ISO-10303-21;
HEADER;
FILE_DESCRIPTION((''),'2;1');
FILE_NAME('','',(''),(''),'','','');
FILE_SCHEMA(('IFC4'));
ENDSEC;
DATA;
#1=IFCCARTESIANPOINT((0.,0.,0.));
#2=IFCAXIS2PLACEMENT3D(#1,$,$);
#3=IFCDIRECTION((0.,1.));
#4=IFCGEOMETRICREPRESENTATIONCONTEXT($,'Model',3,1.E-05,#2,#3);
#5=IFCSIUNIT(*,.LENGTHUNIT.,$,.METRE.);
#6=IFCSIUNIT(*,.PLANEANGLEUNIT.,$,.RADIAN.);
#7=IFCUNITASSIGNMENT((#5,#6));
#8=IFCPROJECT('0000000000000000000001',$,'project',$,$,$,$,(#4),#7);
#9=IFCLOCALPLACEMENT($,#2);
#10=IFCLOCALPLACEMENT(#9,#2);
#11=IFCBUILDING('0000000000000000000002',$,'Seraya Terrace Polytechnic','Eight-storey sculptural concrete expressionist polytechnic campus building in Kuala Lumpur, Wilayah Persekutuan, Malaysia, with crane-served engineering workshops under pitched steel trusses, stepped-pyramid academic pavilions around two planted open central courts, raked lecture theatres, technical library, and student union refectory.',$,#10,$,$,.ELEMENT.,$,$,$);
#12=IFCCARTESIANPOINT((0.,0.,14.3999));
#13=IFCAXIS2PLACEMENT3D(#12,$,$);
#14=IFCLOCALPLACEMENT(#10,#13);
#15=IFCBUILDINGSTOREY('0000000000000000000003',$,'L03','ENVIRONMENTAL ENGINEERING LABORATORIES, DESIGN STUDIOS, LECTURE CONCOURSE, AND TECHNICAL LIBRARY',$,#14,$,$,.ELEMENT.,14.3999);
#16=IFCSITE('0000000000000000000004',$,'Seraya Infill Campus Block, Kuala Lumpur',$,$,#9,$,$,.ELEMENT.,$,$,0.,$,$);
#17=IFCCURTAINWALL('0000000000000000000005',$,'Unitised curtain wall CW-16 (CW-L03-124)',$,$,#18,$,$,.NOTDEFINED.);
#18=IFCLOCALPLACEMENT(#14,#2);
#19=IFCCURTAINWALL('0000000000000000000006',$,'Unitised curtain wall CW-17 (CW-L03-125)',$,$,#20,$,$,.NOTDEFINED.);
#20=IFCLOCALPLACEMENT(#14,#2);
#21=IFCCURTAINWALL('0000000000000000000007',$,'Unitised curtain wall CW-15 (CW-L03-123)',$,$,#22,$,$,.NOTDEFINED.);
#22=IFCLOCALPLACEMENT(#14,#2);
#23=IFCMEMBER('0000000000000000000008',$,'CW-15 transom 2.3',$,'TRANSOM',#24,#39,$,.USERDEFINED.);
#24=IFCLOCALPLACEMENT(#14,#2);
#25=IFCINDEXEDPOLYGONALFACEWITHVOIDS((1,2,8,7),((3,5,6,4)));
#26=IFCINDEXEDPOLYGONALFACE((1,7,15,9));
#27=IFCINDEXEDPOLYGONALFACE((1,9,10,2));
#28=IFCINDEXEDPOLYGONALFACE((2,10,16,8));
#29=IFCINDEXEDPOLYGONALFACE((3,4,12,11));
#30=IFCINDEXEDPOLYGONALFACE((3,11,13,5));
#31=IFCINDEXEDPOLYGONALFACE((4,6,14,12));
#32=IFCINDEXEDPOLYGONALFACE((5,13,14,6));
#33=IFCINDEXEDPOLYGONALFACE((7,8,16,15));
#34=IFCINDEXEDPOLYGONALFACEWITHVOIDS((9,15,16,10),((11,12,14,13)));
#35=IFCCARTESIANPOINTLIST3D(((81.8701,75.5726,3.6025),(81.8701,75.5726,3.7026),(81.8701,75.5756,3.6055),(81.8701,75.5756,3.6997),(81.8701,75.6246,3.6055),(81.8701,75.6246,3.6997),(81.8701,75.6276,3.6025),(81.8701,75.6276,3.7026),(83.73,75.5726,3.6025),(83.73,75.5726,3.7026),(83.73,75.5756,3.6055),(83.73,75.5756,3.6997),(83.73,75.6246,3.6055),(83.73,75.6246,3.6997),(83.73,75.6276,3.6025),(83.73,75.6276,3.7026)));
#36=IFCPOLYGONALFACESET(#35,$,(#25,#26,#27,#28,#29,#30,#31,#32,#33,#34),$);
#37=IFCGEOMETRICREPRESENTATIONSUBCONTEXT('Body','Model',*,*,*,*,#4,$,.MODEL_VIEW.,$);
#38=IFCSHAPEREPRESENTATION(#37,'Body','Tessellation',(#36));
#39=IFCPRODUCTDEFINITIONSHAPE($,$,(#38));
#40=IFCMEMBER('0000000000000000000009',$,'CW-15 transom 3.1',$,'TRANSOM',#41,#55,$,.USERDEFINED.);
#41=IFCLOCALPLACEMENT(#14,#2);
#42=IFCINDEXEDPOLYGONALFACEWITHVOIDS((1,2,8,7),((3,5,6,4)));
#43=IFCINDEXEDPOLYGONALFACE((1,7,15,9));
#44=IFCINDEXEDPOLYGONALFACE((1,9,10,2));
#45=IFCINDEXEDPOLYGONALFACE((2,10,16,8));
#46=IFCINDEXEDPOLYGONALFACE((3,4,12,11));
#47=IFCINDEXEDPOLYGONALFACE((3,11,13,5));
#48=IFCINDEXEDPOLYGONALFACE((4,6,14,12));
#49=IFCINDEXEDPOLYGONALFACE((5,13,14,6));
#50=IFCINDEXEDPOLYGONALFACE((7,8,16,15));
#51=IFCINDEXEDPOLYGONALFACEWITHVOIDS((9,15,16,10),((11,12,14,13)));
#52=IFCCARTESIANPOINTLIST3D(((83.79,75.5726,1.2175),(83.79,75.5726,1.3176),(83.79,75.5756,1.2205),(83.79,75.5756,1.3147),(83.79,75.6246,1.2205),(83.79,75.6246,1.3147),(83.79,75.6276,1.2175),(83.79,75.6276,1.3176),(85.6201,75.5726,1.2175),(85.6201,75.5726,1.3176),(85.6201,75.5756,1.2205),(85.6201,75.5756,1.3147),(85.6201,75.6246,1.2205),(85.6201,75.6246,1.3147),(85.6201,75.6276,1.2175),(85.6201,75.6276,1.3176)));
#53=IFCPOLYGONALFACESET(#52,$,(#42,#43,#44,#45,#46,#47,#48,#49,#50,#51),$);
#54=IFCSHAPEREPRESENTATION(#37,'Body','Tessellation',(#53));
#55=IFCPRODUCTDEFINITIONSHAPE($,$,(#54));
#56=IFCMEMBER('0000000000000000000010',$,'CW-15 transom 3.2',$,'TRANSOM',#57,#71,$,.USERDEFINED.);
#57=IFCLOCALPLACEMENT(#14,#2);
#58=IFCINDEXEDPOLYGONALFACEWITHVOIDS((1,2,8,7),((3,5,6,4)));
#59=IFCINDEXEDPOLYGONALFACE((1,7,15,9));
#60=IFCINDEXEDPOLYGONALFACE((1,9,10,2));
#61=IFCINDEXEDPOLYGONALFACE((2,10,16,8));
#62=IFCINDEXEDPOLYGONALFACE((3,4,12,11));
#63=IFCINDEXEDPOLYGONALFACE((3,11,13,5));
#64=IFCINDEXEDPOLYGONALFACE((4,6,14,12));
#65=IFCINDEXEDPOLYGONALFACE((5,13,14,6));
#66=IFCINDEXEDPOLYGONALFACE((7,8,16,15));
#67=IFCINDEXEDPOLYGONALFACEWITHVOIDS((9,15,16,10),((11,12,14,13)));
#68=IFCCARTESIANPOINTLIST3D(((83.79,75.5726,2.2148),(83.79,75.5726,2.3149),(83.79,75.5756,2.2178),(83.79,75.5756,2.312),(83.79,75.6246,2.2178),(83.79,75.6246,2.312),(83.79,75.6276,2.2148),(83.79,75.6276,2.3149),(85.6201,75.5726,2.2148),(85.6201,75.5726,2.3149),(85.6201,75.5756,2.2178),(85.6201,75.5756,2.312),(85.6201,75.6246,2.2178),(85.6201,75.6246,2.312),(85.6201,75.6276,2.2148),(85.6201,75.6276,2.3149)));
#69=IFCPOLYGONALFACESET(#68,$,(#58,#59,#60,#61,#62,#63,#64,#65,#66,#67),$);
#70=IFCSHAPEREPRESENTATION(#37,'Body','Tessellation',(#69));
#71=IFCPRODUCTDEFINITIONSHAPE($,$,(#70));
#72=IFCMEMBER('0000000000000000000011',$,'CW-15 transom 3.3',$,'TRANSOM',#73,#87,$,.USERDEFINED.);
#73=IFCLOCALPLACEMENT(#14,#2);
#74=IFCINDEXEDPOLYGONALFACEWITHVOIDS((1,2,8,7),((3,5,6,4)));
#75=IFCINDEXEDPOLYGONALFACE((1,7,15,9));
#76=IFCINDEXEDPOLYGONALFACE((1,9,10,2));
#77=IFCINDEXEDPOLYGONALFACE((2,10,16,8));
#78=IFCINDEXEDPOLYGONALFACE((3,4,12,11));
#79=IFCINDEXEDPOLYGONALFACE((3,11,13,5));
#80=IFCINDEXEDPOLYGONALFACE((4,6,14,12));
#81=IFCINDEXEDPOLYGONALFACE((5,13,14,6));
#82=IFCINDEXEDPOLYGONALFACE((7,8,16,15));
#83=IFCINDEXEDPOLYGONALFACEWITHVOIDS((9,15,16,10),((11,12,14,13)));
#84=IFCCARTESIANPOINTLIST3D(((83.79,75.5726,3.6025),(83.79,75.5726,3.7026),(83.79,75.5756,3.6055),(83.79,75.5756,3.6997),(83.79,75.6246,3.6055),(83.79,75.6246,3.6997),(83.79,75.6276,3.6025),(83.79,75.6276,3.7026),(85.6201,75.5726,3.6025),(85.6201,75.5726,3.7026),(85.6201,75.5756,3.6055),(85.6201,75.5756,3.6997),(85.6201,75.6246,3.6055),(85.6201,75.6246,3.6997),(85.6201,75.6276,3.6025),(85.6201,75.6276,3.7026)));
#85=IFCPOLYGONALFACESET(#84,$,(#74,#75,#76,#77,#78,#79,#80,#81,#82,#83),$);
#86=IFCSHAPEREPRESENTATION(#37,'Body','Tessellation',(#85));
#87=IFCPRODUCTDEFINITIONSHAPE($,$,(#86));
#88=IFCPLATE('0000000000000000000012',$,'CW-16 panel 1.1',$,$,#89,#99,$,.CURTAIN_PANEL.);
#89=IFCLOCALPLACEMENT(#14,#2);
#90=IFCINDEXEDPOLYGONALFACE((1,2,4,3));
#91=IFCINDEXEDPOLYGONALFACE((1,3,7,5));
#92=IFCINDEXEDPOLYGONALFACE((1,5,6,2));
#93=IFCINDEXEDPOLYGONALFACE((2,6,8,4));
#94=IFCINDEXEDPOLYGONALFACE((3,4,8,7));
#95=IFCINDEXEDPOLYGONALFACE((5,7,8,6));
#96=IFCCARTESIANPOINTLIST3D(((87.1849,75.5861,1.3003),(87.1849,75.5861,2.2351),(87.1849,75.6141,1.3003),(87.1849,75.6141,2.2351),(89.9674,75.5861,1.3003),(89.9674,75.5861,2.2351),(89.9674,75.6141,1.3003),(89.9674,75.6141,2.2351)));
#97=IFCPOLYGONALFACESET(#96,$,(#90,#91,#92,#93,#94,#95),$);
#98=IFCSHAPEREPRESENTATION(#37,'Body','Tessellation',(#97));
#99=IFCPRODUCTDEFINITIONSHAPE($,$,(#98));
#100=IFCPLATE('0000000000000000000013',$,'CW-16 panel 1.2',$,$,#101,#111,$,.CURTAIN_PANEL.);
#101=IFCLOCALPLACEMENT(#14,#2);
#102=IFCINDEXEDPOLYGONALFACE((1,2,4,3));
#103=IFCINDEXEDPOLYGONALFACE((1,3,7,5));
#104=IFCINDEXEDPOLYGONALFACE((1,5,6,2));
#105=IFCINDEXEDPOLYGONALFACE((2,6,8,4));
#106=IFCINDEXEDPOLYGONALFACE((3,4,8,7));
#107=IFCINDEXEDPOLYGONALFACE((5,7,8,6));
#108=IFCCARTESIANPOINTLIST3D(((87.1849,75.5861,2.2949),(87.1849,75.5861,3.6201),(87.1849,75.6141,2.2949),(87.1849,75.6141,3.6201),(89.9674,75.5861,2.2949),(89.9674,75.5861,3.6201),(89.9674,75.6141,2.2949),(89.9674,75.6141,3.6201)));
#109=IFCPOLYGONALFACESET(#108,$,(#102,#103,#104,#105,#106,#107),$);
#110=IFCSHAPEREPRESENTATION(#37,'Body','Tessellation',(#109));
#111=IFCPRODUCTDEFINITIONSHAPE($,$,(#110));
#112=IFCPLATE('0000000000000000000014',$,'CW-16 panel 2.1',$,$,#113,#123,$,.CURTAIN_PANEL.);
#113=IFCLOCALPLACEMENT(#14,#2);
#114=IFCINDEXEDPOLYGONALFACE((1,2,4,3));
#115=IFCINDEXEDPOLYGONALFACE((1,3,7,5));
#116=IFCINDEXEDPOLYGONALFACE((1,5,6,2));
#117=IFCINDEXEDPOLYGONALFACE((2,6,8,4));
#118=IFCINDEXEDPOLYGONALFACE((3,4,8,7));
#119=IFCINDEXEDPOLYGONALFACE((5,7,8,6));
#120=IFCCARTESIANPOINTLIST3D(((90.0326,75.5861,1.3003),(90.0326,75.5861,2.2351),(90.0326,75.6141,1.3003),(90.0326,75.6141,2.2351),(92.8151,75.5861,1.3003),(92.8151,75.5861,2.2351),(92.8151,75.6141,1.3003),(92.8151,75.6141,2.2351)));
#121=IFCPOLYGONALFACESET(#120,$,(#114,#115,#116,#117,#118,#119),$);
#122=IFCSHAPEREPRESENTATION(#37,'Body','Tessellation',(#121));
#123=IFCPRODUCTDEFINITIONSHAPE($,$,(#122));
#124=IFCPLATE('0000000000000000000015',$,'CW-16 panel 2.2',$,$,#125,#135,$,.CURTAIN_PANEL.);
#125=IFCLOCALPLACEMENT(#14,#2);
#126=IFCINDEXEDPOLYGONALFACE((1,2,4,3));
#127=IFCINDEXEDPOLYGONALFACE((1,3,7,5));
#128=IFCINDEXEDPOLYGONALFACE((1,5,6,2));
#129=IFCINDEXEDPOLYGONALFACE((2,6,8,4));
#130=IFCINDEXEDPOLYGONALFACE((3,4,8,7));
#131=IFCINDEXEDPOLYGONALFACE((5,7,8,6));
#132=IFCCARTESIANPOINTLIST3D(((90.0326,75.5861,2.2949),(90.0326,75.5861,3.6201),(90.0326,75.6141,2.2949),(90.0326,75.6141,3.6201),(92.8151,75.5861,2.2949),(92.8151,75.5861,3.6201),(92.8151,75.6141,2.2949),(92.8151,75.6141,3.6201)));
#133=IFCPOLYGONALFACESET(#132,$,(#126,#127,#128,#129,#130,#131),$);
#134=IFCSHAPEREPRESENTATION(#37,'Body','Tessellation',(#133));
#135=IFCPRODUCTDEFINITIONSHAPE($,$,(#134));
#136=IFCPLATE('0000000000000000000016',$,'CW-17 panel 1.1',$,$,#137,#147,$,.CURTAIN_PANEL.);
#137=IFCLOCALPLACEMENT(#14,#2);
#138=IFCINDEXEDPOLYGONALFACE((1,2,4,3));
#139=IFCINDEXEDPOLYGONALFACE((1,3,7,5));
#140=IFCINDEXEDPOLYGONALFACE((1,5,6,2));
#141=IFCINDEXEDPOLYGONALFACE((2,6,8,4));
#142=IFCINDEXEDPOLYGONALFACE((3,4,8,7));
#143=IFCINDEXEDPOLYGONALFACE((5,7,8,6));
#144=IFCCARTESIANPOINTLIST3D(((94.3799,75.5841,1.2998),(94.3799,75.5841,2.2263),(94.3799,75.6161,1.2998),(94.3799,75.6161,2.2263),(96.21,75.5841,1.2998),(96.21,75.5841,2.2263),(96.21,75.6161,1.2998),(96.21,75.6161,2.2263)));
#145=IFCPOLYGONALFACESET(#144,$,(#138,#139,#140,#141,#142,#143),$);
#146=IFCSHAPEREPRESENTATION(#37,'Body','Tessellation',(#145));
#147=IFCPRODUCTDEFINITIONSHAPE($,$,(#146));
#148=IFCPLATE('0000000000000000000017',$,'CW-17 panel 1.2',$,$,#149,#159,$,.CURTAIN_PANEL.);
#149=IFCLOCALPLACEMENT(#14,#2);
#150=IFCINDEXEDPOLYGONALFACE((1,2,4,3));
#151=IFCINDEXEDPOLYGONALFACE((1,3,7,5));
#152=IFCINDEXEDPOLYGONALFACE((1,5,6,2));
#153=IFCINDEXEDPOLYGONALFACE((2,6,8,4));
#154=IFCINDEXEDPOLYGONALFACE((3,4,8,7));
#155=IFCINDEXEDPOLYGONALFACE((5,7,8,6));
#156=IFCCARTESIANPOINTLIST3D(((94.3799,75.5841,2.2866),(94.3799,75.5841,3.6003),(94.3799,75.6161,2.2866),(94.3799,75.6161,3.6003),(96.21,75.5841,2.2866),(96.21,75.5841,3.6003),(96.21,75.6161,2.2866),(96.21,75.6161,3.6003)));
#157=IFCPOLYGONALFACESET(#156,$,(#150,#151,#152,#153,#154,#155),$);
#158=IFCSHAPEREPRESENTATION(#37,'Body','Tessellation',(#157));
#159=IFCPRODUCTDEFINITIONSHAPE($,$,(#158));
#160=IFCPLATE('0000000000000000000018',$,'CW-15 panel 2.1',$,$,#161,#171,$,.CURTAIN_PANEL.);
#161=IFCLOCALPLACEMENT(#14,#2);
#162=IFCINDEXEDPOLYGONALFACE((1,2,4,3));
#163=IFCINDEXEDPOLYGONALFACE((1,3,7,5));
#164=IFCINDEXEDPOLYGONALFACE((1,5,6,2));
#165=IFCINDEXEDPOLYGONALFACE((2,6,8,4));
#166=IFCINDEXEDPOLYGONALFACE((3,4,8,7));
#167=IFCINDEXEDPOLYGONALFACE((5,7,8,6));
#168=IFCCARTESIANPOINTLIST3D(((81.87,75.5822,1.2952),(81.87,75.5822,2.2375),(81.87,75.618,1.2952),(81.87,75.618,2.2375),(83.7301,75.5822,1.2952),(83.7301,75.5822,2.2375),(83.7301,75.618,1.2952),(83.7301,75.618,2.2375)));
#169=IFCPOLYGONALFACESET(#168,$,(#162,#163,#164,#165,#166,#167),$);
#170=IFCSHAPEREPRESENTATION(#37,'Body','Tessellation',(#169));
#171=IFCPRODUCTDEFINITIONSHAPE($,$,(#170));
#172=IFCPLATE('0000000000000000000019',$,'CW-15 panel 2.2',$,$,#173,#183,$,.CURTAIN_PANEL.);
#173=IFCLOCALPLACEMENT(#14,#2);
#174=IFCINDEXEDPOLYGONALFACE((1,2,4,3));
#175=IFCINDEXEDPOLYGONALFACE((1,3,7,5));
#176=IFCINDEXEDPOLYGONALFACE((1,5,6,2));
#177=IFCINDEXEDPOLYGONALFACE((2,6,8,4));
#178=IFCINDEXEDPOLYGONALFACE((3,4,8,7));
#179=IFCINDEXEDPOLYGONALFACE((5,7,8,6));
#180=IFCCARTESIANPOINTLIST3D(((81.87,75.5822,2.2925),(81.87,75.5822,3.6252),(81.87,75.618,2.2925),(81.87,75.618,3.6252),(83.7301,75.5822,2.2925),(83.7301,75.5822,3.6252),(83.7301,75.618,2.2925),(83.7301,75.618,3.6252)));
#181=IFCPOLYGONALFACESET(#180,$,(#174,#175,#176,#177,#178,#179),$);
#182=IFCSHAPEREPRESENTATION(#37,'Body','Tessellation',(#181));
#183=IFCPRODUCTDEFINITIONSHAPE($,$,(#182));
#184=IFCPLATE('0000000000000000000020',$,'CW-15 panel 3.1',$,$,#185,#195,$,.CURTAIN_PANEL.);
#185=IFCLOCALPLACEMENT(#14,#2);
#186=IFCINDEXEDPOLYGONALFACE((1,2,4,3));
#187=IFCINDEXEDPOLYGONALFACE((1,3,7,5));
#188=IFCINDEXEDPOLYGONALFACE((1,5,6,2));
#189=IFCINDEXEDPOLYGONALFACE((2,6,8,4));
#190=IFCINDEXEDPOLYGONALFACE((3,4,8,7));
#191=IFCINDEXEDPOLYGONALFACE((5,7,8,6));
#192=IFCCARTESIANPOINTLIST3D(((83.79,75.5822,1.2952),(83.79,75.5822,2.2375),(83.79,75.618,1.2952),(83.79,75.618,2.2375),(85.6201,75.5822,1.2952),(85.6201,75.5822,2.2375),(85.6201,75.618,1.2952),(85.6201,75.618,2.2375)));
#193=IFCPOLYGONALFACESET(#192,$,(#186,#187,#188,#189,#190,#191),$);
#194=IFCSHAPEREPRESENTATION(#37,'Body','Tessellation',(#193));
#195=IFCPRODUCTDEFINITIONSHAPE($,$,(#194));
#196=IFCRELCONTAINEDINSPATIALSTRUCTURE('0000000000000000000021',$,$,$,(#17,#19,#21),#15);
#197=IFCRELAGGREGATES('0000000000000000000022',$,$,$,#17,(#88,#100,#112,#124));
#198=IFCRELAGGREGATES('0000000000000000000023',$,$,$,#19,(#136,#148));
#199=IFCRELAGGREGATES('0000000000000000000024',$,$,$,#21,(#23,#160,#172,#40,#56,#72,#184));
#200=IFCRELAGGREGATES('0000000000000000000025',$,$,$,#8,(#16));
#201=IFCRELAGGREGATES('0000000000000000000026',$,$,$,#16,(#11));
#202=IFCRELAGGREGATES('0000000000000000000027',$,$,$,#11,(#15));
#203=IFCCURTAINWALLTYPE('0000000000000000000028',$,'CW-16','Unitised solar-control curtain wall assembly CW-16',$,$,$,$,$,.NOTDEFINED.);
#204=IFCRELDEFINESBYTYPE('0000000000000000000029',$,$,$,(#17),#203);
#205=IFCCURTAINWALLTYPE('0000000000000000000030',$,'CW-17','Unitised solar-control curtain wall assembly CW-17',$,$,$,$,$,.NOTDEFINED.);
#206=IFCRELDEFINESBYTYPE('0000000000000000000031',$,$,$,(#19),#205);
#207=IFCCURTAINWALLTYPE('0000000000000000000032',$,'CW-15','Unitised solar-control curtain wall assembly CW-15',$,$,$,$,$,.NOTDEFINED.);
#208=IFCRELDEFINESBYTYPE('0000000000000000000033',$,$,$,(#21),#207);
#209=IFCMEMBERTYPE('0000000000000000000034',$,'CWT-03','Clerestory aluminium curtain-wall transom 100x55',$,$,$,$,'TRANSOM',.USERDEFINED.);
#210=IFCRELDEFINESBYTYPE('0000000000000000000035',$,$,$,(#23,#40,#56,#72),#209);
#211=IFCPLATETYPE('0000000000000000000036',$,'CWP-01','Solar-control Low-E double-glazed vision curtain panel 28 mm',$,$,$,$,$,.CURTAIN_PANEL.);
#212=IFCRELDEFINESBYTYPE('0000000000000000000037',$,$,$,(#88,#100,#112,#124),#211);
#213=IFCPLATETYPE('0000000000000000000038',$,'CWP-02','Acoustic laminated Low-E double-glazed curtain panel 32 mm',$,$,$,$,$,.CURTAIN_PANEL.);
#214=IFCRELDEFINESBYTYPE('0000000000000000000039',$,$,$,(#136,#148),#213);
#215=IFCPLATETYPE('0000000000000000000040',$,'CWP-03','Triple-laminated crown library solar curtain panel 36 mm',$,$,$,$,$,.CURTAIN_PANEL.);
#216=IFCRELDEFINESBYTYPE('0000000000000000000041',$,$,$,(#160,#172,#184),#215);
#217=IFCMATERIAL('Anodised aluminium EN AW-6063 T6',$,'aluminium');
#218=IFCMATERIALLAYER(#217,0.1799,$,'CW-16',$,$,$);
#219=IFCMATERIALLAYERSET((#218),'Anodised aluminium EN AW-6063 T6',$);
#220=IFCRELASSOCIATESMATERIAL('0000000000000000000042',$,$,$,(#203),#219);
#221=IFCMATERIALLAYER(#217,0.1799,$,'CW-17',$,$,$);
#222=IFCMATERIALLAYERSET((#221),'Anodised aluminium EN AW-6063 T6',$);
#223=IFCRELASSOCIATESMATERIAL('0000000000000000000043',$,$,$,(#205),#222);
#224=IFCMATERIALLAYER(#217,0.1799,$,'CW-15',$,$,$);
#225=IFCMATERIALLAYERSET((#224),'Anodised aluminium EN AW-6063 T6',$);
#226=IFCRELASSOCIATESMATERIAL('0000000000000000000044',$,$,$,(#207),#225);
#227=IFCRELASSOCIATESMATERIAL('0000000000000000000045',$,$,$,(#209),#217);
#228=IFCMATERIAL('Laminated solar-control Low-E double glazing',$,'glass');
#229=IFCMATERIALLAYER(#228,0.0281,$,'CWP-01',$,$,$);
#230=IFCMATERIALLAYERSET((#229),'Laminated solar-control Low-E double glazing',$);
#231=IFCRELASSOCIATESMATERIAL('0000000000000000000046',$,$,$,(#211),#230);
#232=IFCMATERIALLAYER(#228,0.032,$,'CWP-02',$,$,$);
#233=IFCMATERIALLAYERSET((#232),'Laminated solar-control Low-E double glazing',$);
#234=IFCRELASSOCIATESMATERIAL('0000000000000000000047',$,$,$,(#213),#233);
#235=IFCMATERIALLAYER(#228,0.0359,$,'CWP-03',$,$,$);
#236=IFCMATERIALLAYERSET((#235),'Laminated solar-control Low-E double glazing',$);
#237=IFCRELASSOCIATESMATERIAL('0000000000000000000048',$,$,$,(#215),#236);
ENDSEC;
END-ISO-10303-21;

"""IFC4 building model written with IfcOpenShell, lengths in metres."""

from ifc_helpers import new_model, si_unit, direction, frame, origin, origin_2d, place, context, subcontext, project, spatial, rectangle, hollow_rectangle, extrude, material, layer, layer_set, material_profile, profile_set, type_object, element, aggregate, save


model = new_model("IFC4")

# Units and contexts
model_context = context("Model", 3, precision=1e-05, world=origin(), true_north=direction((0.0, 1.0)))
body_context = subcontext(model_context, "Body", "Model", "MODEL_VIEW")
ifc_project = project(units=[si_unit("LENGTHUNIT", "METRE"), si_unit("PLANEANGLEUNIT", "RADIAN")], contexts=[model_context])

# Site, building, storey
site_placement = place(None, origin())
site = spatial("IfcSite", under=ifc_project, at=site_placement, Name="Seraya Infill Campus Block, Kuala Lumpur", CompositionType="ELEMENT", RefElevation=0.0)
building_placement = place(site_placement, origin())
building = spatial("IfcBuilding", under=site, at=building_placement, Name="Seraya Terrace Polytechnic", Description="Eight-storey sculptural concrete expressionist polytechnic campus building in Kuala Lumpur, Wilayah Persekutuan, Malaysia, with crane-served engineering workshops under pitched steel trusses, stepped-pyramid academic pavilions around two planted open central courts, raked lecture theatres, technical library, and student union refectory.", CompositionType="ELEMENT")
storey_placement = place(building_placement, frame((0.0, 0.0, 14.3999)))
storey = spatial("IfcBuildingStorey", under=building, at=storey_placement, Name="L03", Description="ENVIRONMENTAL ENGINEERING LABORATORIES, DESIGN STUDIOS, LECTURE CONCOURSE, AND TECHNICAL LIBRARY", CompositionType="ELEMENT", Elevation=14.3999)

# Curtain walls
ifc_material_1 = material(Name="Anodised aluminium EN AW-6063 T6", Category="aluminium")
ifc_layer_1 = layer(ifc_material_1, 0.1799, Name="CW-16")
ifc_layer_set_1 = layer_set([ifc_layer_1], Name="Anodised aluminium EN AW-6063 T6")
curtain_wall_type_1 = type_object("IfcCurtainWallType", Name="CW-16", Description="Unitised solar-control curtain wall assembly CW-16", PredefinedType="NOTDEFINED", material=ifc_layer_set_1)
curtain_wall_1_placement = place(storey_placement, origin())
curtain_wall_1 = element("IfcCurtainWall", 1, at=curtain_wall_1_placement, inside=storey, type_object=curtain_wall_type_1, Name="Unitised curtain wall CW-16 (CW-L03-124)", PredefinedType="NOTDEFINED")
ifc_layer_2 = layer(ifc_material_1, 0.1799, Name="CW-17")
ifc_layer_set_2 = layer_set([ifc_layer_2], Name="Anodised aluminium EN AW-6063 T6")
curtain_wall_type_2 = type_object("IfcCurtainWallType", Name="CW-17", Description="Unitised solar-control curtain wall assembly CW-17", PredefinedType="NOTDEFINED", material=ifc_layer_set_2)
curtain_wall_2_placement = place(storey_placement, origin())
curtain_wall_2 = element("IfcCurtainWall", 2, at=curtain_wall_2_placement, inside=storey, type_object=curtain_wall_type_2, Name="Unitised curtain wall CW-17 (CW-L03-125)", PredefinedType="NOTDEFINED")
ifc_layer_3 = layer(ifc_material_1, 0.1799, Name="CW-15")
ifc_layer_set_3 = layer_set([ifc_layer_3], Name="Anodised aluminium EN AW-6063 T6")
curtain_wall_type_3 = type_object("IfcCurtainWallType", Name="CW-15", Description="Unitised solar-control curtain wall assembly CW-15", PredefinedType="NOTDEFINED", material=ifc_layer_set_3)
curtain_wall_3_placement = place(storey_placement, origin())
curtain_wall_3 = element("IfcCurtainWall", 3, at=curtain_wall_3_placement, inside=storey, type_object=curtain_wall_type_3, Name="Unitised curtain wall CW-15 (CW-L03-123)", PredefinedType="NOTDEFINED")

# Members
ifc_material_profile_1 = material_profile(ifc_material_1, hollow_rectangle(XDim=0.0549, YDim=0.1001, WallThickness=0.0029, at=origin_2d()), Name="RHS 100x55x3.0")
ifc_profile_set_1 = profile_set([ifc_material_profile_1], Name="Anodised aluminium EN AW-6063 T6")
member_type_1 = type_object("IfcMemberType", Name="CWT-03", Description="Clerestory aluminium curtain-wall transom 100x55", ElementType="TRANSOM", PredefinedType="USERDEFINED", material=ifc_profile_set_1)
member_1_placement = place(storey_placement, frame((81.8701, 75.6001, 3.6526), z_axis=(1.0, 0.0, 0.0), x_axis=(0.0, 1.0, 0.0)))
member_1 = element("IfcMember", 4, at=member_1_placement, type_object=member_type_1, Name="CW-15 transom 2.3", ObjectType="TRANSOM", PredefinedType="USERDEFINED", context=body_context, shape_type="SweptSolid", body=[
    extrude(hollow_rectangle(XDim=0.0549, YDim=0.1001, WallThickness=0.0029, at=origin_2d()), origin(), (0.0, 0.0, 1.0), 1.8599),
])
member_2_placement = place(storey_placement, frame((83.79, 75.6001, 1.2676), z_axis=(1.0, 0.0, 0.0), x_axis=(0.0, 1.0, 0.0)))
member_2 = element("IfcMember", 5, at=member_2_placement, type_object=member_type_1, Name="CW-15 transom 3.1", ObjectType="TRANSOM", PredefinedType="USERDEFINED", context=body_context, shape_type="SweptSolid", body=[
    extrude(hollow_rectangle(XDim=0.0549, YDim=0.1001, WallThickness=0.0029, at=origin_2d()), origin(), (0.0, 0.0, 1.0), 1.8301),
])
member_3_placement = place(storey_placement, frame((83.79, 75.6001, 2.2649), z_axis=(1.0, 0.0, 0.0), x_axis=(0.0, 1.0, 0.0)))
member_3 = element("IfcMember", 6, at=member_3_placement, type_object=member_type_1, Name="CW-15 transom 3.2", ObjectType="TRANSOM", PredefinedType="USERDEFINED", context=body_context, shape_type="SweptSolid", body=[
    extrude(hollow_rectangle(XDim=0.0549, YDim=0.1001, WallThickness=0.0029, at=origin_2d()), origin(), (0.0, 0.0, 1.0), 1.8301),
])
member_4_placement = place(storey_placement, frame((83.79, 75.6001, 3.6526), z_axis=(1.0, 0.0, 0.0), x_axis=(0.0, 1.0, 0.0)))
member_4 = element("IfcMember", 7, at=member_4_placement, type_object=member_type_1, Name="CW-15 transom 3.3", ObjectType="TRANSOM", PredefinedType="USERDEFINED", context=body_context, shape_type="SweptSolid", body=[
    extrude(hollow_rectangle(XDim=0.0549, YDim=0.1001, WallThickness=0.0029, at=origin_2d()), origin(), (0.0, 0.0, 1.0), 1.8301),
])

# Plates
ifc_material_2 = material(Name="Laminated solar-control Low-E double glazing", Category="glass")
ifc_layer_4 = layer(ifc_material_2, 0.0281, Name="CWP-01")
ifc_layer_set_4 = layer_set([ifc_layer_4], Name="Laminated solar-control Low-E double glazing")
plate_type_1 = type_object("IfcPlateType", Name="CWP-01", Description="Solar-control Low-E double-glazed vision curtain panel 28 mm", PredefinedType="CURTAIN_PANEL", material=ifc_layer_set_4)
plate_1_placement = place(storey_placement, frame((88.5762, 75.6001, 1.3003), z_axis=(0.0, 0.0, 1.0), x_axis=(1.0, 0.0, 0.0)))
plate_1 = element("IfcPlate", 8, at=plate_1_placement, type_object=plate_type_1, Name="CW-16 panel 1.1", PredefinedType="CURTAIN_PANEL", context=body_context, shape_type="SweptSolid", body=[
    extrude(rectangle(XDim=2.7825, YDim=0.0281, at=origin_2d()), origin(), (0.0, 0.0, 1.0), 0.9348),
])
plate_2_placement = place(storey_placement, frame((88.5762, 75.6001, 2.2949), z_axis=(0.0, 0.0, 1.0), x_axis=(1.0, 0.0, 0.0)))
plate_2 = element("IfcPlate", 9, at=plate_2_placement, type_object=plate_type_1, Name="CW-16 panel 1.2", PredefinedType="CURTAIN_PANEL", context=body_context, shape_type="SweptSolid", body=[
    extrude(rectangle(XDim=2.7825, YDim=0.0281, at=origin_2d()), origin(), (0.0, 0.0, 1.0), 1.3252),
])
plate_3_placement = place(storey_placement, frame((91.4238, 75.6001, 1.3003), z_axis=(0.0, 0.0, 1.0), x_axis=(1.0, 0.0, 0.0)))
plate_3 = element("IfcPlate", 10, at=plate_3_placement, type_object=plate_type_1, Name="CW-16 panel 2.1", PredefinedType="CURTAIN_PANEL", context=body_context, shape_type="SweptSolid", body=[
    extrude(rectangle(XDim=2.7825, YDim=0.0281, at=origin_2d()), origin(), (0.0, 0.0, 1.0), 0.9348),
])
plate_4_placement = place(storey_placement, frame((91.4238, 75.6001, 2.2949), z_axis=(0.0, 0.0, 1.0), x_axis=(1.0, 0.0, 0.0)))
plate_4 = element("IfcPlate", 11, at=plate_4_placement, type_object=plate_type_1, Name="CW-16 panel 2.2", PredefinedType="CURTAIN_PANEL", context=body_context, shape_type="SweptSolid", body=[
    extrude(rectangle(XDim=2.7825, YDim=0.0281, at=origin_2d()), origin(), (0.0, 0.0, 1.0), 1.3252),
])
aggregate(curtain_wall_1, [plate_1, plate_2, plate_3, plate_4])
ifc_layer_5 = layer(ifc_material_2, 0.032, Name="CWP-02")
ifc_layer_set_5 = layer_set([ifc_layer_5], Name="Laminated solar-control Low-E double glazing")
plate_type_2 = type_object("IfcPlateType", Name="CWP-02", Description="Acoustic laminated Low-E double-glazed curtain panel 32 mm", PredefinedType="CURTAIN_PANEL", material=ifc_layer_set_5)
plate_5_placement = place(storey_placement, frame((95.2949, 75.6001, 1.2998), z_axis=(0.0, 0.0, 1.0), x_axis=(1.0, 0.0, 0.0)))
plate_5 = element("IfcPlate", 12, at=plate_5_placement, type_object=plate_type_2, Name="CW-17 panel 1.1", PredefinedType="CURTAIN_PANEL", context=body_context, shape_type="SweptSolid", body=[
    extrude(rectangle(XDim=1.8301, YDim=0.032, at=origin_2d()), origin(), (0.0, 0.0, 1.0), 0.9265),
])
plate_6_placement = place(storey_placement, frame((95.2949, 75.6001, 2.2866), z_axis=(0.0, 0.0, 1.0), x_axis=(1.0, 0.0, 0.0)))
plate_6 = element("IfcPlate", 13, at=plate_6_placement, type_object=plate_type_2, Name="CW-17 panel 1.2", PredefinedType="CURTAIN_PANEL", context=body_context, shape_type="SweptSolid", body=[
    extrude(rectangle(XDim=1.8301, YDim=0.032, at=origin_2d()), origin(), (0.0, 0.0, 1.0), 1.3137),
])
aggregate(curtain_wall_2, [plate_5, plate_6])
ifc_layer_6 = layer(ifc_material_2, 0.0359, Name="CWP-03")
ifc_layer_set_6 = layer_set([ifc_layer_6], Name="Laminated solar-control Low-E double glazing")
plate_type_3 = type_object("IfcPlateType", Name="CWP-03", Description="Triple-laminated crown library solar curtain panel 36 mm", PredefinedType="CURTAIN_PANEL", material=ifc_layer_set_6)
plate_7_placement = place(storey_placement, frame((82.8, 75.6001, 1.2952), z_axis=(0.0, 0.0, 1.0), x_axis=(1.0, 0.0, 0.0)))
plate_7 = element("IfcPlate", 14, at=plate_7_placement, type_object=plate_type_3, Name="CW-15 panel 2.1", PredefinedType="CURTAIN_PANEL", context=body_context, shape_type="SweptSolid", body=[
    extrude(rectangle(XDim=1.8601, YDim=0.0359, at=origin_2d()), origin(), (0.0, 0.0, 1.0), 0.9424),
])
plate_8_placement = place(storey_placement, frame((82.8, 75.6001, 2.2925), z_axis=(0.0, 0.0, 1.0), x_axis=(1.0, 0.0, 0.0)))
plate_8 = element("IfcPlate", 15, at=plate_8_placement, type_object=plate_type_3, Name="CW-15 panel 2.2", PredefinedType="CURTAIN_PANEL", context=body_context, shape_type="SweptSolid", body=[
    extrude(rectangle(XDim=1.8601, YDim=0.0359, at=origin_2d()), origin(), (0.0, 0.0, 1.0), 1.3328),
])
plate_9_placement = place(storey_placement, frame((84.7051, 75.6001, 1.2952), z_axis=(0.0, 0.0, 1.0), x_axis=(1.0, 0.0, 0.0)))
plate_9 = element("IfcPlate", 16, at=plate_9_placement, type_object=plate_type_3, Name="CW-15 panel 3.1", PredefinedType="CURTAIN_PANEL", context=body_context, shape_type="SweptSolid", body=[
    extrude(rectangle(XDim=1.8301, YDim=0.0359, at=origin_2d()), origin(), (0.0, 0.0, 1.0), 0.9424),
])
aggregate(curtain_wall_3, [member_1, plate_7, plate_8, member_2, member_3, member_4, plate_9])

save(model, "model.ifc")
